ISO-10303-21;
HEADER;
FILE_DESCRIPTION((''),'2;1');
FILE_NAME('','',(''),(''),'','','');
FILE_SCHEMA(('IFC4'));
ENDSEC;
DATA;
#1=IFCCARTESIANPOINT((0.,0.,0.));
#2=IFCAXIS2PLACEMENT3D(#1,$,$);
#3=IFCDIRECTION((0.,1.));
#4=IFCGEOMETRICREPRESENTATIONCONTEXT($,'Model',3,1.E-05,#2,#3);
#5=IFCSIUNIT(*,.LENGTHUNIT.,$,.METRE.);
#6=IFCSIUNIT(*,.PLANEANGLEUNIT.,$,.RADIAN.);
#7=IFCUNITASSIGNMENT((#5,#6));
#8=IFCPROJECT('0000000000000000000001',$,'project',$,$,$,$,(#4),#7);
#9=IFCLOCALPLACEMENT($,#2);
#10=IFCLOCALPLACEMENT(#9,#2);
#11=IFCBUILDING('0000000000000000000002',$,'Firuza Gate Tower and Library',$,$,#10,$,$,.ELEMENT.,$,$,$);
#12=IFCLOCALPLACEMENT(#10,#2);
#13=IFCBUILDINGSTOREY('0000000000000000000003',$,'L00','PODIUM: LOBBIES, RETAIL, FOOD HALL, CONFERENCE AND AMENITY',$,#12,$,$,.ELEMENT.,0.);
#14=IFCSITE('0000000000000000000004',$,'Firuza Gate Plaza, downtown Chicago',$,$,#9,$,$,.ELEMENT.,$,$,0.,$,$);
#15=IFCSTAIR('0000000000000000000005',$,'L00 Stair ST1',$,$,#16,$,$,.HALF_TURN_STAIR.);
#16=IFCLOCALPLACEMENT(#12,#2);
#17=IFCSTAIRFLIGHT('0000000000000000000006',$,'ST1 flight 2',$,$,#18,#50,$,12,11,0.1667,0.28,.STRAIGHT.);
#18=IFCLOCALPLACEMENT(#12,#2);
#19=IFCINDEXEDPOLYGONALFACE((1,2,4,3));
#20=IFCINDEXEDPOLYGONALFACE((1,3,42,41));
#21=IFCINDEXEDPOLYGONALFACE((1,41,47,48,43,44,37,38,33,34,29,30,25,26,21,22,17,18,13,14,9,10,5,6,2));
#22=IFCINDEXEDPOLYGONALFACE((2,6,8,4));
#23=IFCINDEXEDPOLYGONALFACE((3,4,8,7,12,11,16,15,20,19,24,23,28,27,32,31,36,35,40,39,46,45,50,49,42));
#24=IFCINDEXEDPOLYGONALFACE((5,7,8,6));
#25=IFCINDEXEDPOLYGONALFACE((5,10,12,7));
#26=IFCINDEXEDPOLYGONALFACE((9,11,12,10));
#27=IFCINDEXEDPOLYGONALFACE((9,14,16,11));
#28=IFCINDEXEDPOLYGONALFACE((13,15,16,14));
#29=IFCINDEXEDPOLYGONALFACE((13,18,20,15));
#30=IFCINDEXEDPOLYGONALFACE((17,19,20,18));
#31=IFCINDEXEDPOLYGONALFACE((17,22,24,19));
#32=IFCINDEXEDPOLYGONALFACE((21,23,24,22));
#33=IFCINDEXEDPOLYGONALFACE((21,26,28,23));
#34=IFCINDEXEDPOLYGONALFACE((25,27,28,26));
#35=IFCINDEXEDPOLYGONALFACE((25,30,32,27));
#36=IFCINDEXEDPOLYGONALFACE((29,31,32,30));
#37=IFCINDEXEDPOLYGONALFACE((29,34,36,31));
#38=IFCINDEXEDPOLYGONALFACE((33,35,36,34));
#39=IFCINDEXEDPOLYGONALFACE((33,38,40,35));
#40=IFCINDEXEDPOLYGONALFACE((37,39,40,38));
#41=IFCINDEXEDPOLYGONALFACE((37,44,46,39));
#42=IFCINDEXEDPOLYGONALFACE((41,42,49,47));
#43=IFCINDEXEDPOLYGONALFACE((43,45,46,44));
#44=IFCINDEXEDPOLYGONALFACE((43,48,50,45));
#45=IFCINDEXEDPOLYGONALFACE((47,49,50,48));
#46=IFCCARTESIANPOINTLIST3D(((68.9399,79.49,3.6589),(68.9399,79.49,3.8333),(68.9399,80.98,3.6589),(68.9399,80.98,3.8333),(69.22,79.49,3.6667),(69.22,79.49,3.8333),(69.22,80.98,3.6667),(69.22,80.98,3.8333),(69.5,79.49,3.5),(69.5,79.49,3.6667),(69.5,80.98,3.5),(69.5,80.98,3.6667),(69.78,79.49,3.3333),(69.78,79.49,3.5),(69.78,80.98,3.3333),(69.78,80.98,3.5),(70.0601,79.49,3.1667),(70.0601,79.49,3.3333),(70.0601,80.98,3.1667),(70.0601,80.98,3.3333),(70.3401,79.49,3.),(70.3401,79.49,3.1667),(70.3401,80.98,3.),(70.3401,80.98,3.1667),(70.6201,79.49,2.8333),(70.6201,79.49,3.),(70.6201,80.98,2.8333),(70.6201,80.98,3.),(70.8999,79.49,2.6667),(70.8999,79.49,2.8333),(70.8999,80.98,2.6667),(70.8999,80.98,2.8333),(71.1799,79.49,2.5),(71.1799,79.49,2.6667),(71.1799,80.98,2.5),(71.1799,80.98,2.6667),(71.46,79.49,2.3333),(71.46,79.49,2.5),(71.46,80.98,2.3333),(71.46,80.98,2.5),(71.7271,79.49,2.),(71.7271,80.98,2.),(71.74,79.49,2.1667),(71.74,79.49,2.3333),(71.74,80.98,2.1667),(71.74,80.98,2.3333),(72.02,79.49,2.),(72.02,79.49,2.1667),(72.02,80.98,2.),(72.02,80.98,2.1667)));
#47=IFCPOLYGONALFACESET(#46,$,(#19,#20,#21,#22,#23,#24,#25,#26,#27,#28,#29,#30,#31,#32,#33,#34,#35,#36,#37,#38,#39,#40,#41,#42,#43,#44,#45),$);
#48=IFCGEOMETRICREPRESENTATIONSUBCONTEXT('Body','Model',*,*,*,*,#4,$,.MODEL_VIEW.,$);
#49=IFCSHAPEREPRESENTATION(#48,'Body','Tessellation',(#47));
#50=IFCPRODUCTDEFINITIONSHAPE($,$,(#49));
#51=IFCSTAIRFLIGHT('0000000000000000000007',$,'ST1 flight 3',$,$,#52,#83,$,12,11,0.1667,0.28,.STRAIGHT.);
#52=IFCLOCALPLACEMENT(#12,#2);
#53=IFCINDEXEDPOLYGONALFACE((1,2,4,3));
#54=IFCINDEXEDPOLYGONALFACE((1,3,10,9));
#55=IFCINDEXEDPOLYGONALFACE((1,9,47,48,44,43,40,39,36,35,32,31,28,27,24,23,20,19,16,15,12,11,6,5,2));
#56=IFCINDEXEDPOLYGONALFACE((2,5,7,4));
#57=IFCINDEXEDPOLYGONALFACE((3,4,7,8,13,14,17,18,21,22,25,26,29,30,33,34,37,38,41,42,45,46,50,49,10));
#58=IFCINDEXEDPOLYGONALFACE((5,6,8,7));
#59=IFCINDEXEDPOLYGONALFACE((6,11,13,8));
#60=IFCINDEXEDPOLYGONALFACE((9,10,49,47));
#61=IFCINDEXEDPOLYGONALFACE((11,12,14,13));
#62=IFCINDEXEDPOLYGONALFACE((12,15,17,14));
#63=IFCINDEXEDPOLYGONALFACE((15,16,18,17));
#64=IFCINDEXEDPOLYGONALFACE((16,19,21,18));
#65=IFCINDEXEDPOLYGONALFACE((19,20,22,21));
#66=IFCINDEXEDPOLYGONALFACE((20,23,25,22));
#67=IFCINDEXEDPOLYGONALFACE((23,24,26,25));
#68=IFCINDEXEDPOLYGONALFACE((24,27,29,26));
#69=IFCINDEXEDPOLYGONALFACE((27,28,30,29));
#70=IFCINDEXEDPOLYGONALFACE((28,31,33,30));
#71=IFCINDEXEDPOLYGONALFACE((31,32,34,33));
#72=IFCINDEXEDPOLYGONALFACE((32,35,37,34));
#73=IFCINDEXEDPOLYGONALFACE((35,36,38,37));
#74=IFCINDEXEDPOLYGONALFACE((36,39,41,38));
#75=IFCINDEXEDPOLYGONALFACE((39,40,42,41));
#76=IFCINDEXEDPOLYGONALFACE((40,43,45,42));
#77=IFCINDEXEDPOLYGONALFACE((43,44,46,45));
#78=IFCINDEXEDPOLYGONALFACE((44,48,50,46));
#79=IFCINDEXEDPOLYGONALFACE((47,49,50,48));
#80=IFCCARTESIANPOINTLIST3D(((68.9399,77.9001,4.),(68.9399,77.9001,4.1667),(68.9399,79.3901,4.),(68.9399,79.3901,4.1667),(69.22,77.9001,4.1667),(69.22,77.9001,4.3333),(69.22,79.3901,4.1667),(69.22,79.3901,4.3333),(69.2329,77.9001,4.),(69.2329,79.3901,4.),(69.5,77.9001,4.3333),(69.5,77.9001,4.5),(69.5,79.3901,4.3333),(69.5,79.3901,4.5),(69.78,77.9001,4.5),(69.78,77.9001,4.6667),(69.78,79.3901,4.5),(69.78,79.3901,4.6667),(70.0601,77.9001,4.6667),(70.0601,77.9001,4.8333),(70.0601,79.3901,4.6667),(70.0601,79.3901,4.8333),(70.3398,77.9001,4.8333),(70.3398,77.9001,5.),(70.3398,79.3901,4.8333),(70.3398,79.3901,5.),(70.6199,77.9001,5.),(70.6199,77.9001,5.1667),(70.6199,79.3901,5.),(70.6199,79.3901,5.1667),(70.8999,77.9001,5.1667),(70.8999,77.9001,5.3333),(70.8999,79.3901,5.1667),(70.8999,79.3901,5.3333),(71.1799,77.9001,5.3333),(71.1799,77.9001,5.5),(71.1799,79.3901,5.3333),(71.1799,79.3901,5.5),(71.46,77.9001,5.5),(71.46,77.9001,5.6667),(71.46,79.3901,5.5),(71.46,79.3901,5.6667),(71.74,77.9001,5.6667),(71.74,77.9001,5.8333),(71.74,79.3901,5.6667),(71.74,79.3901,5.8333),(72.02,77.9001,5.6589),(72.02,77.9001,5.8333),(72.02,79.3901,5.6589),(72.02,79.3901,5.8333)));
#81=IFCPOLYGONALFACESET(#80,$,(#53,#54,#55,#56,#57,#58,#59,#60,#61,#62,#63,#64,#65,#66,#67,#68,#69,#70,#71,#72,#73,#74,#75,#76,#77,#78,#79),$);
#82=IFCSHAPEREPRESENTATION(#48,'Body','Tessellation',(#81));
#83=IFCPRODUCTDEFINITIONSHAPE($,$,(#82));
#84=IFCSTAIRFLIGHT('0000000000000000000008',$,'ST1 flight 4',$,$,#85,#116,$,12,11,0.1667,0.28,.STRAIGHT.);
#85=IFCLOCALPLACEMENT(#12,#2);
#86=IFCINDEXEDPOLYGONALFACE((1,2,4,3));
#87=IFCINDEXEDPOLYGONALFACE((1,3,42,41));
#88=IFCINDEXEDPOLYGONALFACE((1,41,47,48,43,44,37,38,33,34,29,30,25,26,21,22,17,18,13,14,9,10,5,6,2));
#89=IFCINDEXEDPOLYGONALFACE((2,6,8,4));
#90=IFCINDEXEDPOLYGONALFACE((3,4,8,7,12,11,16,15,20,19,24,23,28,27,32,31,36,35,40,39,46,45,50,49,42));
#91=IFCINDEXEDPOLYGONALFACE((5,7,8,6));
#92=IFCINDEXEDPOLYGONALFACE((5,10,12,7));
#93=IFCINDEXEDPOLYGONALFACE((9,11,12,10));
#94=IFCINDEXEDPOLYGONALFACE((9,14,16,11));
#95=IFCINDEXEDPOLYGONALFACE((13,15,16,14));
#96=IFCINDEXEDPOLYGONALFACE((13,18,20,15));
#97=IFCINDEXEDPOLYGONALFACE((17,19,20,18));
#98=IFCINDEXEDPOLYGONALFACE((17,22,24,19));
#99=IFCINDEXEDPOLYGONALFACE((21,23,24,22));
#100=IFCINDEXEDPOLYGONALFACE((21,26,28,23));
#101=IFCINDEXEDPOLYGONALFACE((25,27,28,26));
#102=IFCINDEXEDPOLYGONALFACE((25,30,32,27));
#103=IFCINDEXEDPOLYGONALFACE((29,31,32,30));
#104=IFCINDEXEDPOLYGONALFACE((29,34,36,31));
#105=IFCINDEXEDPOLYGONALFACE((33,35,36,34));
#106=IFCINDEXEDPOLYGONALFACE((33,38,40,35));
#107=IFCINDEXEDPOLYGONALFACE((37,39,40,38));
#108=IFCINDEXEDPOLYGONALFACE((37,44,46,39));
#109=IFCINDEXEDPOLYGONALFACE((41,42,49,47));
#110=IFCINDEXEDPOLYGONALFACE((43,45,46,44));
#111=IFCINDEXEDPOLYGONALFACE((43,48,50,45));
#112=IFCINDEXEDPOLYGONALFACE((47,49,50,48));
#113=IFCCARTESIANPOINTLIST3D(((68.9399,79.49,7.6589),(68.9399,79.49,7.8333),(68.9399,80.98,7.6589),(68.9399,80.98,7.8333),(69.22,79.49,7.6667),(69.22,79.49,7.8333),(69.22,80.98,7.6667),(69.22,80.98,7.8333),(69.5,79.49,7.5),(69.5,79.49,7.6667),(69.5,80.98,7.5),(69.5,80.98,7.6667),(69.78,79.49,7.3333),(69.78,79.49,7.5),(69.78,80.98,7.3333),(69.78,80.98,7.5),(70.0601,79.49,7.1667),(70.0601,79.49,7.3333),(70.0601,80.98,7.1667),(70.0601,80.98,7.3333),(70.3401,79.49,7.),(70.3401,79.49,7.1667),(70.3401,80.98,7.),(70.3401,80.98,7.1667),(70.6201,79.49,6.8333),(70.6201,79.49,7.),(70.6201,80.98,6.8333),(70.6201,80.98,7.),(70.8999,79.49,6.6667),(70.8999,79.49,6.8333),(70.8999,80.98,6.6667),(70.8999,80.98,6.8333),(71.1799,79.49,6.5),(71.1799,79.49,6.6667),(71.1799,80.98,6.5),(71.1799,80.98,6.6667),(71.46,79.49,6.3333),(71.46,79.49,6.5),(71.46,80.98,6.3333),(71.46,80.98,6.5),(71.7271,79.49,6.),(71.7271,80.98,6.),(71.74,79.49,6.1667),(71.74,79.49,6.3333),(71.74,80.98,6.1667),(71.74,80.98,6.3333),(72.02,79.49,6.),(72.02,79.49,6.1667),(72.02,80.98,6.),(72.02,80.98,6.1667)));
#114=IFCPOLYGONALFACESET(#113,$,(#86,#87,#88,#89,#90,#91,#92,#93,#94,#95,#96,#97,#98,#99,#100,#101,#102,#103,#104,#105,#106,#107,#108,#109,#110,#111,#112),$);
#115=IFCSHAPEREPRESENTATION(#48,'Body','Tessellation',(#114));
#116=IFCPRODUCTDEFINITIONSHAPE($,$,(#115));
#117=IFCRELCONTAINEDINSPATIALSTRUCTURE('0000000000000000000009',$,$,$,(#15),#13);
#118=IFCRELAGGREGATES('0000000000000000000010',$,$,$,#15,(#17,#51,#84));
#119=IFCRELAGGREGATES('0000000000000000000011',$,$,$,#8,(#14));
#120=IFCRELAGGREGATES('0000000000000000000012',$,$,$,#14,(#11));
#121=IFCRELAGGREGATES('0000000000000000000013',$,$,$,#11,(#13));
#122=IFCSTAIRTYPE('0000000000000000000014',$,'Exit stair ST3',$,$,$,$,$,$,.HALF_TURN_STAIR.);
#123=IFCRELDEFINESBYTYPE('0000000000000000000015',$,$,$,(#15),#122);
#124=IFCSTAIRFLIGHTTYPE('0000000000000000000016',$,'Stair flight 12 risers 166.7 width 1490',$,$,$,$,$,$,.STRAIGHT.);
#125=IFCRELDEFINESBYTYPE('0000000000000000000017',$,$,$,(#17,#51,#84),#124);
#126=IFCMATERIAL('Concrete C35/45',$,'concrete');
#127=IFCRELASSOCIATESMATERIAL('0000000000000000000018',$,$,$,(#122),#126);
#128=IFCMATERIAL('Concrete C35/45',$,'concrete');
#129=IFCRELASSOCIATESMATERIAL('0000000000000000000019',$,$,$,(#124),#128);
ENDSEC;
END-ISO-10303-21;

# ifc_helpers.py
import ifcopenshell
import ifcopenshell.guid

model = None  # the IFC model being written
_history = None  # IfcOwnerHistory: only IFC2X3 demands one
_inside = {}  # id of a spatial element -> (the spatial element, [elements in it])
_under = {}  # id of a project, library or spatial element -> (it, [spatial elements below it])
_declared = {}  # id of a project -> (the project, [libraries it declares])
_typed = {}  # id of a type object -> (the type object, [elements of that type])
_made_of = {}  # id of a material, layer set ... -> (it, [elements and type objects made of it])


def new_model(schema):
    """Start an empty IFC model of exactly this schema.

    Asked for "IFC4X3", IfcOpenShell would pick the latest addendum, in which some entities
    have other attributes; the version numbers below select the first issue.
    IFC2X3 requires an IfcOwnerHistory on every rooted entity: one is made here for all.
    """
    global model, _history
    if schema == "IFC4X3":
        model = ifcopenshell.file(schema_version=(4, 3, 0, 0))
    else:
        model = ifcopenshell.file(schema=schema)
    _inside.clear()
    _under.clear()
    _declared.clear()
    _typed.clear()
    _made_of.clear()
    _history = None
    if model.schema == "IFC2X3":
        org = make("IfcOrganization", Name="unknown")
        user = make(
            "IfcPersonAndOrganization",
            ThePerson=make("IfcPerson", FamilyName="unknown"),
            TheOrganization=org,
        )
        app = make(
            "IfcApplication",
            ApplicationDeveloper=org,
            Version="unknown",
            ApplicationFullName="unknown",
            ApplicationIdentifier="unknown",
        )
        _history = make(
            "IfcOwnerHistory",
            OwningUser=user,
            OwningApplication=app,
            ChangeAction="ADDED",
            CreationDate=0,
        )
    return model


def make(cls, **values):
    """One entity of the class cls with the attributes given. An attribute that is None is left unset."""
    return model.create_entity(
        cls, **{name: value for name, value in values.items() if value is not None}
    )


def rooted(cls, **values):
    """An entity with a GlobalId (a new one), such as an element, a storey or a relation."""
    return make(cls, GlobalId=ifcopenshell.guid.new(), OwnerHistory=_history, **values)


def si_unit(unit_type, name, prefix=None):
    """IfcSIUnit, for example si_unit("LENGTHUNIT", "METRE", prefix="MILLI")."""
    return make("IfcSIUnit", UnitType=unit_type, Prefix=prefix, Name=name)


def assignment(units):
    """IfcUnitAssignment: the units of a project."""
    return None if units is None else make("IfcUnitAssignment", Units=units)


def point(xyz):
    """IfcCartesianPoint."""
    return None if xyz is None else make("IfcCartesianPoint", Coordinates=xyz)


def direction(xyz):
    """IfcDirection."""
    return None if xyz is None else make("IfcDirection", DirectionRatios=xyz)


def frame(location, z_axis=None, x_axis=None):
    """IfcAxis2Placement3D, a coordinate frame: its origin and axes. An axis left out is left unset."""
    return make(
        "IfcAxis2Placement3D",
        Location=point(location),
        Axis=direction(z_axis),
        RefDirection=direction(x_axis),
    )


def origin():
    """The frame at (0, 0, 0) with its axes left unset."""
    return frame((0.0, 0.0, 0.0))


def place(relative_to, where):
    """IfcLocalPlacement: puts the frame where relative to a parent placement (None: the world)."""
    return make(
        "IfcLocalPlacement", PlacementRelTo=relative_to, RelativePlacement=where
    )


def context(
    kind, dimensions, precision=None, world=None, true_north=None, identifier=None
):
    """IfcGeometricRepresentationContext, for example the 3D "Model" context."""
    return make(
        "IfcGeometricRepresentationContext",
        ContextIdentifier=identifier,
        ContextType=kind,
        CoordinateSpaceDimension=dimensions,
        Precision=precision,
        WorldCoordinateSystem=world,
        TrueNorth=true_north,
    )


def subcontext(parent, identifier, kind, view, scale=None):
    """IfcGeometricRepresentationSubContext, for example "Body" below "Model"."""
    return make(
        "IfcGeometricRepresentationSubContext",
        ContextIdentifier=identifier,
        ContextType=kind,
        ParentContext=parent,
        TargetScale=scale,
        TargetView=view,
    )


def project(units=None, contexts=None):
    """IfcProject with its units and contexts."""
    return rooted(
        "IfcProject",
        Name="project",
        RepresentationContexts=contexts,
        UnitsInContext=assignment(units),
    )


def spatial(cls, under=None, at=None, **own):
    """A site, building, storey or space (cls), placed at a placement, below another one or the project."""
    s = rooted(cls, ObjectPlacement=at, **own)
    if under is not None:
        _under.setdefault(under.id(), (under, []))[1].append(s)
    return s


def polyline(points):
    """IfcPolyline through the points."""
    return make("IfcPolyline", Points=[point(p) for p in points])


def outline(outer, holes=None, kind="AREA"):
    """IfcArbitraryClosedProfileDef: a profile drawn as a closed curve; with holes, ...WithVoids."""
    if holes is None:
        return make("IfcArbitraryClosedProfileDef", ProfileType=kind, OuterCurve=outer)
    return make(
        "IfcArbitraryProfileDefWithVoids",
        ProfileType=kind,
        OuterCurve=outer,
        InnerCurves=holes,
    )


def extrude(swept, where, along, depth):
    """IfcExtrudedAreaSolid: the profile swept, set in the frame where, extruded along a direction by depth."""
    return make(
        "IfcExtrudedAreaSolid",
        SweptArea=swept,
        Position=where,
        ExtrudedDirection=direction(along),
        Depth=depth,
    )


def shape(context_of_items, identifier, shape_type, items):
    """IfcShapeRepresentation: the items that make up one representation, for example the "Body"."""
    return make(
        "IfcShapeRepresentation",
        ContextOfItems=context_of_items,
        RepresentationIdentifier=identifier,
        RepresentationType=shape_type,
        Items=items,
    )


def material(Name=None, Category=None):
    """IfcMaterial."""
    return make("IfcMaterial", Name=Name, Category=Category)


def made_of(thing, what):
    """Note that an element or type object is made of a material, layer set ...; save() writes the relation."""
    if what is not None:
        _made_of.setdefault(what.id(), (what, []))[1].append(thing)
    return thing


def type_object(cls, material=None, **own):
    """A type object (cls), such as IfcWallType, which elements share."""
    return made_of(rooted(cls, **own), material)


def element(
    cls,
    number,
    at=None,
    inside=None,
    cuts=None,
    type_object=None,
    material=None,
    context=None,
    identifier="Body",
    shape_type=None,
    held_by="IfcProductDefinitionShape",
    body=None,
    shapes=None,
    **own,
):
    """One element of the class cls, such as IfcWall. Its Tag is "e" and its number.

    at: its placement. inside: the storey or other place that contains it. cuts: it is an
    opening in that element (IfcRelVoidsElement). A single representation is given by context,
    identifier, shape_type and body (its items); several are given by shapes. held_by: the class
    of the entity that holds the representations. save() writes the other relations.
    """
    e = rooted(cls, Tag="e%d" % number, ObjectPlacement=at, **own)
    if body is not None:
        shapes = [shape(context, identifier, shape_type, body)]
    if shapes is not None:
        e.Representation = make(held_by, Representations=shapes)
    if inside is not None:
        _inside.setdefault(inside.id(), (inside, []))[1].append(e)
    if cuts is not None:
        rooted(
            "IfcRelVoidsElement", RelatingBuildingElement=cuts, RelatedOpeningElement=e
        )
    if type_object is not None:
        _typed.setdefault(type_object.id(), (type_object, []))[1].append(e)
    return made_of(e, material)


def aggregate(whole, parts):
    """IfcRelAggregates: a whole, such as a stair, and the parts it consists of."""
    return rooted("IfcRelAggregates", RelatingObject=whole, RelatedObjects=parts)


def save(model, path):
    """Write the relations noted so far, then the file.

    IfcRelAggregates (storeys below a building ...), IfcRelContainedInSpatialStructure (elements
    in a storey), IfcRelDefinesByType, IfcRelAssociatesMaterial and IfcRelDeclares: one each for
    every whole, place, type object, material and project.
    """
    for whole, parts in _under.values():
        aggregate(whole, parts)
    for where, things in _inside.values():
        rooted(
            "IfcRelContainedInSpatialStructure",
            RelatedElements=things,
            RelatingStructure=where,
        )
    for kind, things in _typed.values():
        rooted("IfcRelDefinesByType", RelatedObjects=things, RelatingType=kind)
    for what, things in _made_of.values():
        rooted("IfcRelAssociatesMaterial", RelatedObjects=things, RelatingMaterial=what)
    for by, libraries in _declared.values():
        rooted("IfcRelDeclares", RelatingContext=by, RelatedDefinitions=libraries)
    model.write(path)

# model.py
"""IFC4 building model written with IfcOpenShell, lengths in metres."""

from ifc_helpers import new_model, si_unit, direction, frame, origin, place, context, subcontext, project, spatial, polyline, outline, extrude, material, type_object, element, aggregate, save


model = new_model("IFC4")

# Units and contexts
model_context = context("Model", 3, precision=1e-05, world=origin(), true_north=direction((0.0, 1.0)))
body_context = subcontext(model_context, "Body", "Model", "MODEL_VIEW")
ifc_project = project(units=[si_unit("LENGTHUNIT", "METRE"), si_unit("PLANEANGLEUNIT", "RADIAN")], contexts=[model_context])

# Site, building, storey
site_placement = place(None, origin())
site = spatial("IfcSite", under=ifc_project, at=site_placement, Name="Firuza Gate Plaza, downtown Chicago", CompositionType="ELEMENT", RefElevation=0.0)
building_placement = place(site_placement, origin())
building = spatial("IfcBuilding", under=site, at=building_placement, Name="Firuza Gate Tower and Library", CompositionType="ELEMENT")
storey_placement = place(building_placement, origin())
storey = spatial("IfcBuildingStorey", under=building, at=storey_placement, Name="L00", Description="PODIUM: LOBBIES, RETAIL, FOOD HALL, CONFERENCE AND AMENITY", CompositionType="ELEMENT", Elevation=0.0)

# Stair, stair flights
ifc_material_1 = material(Name="Concrete C35/45", Category="concrete")
stair_type = type_object("IfcStairType", Name="Exit stair ST3", PredefinedType="HALF_TURN_STAIR", material=ifc_material_1)
stair_placement = place(storey_placement, origin())
stair = element("IfcStair", 1, at=stair_placement, inside=storey, type_object=stair_type, Name="L00 Stair ST1", PredefinedType="HALF_TURN_STAIR")
ifc_material_2 = material(Name="Concrete C35/45", Category="concrete")
stair_flight_type = type_object("IfcStairFlightType", Name="Stair flight 12 risers 166.7 width 1490", PredefinedType="STRAIGHT", material=ifc_material_2)
stair_flight_1_placement = place(storey_placement, frame((72.02, 80.2351, 2.0), z_axis=(0.0, 0.0, 1.0), x_axis=(-1.0, 0.0, 0.0)))
stair_flight_1 = element("IfcStairFlight", 2, at=stair_flight_1_placement, type_object=stair_flight_type, Name="ST1 flight 2", NumberOfRisers=12, NumberOfTreads=11, PredefinedType="STRAIGHT", RiserHeight=0.1667, TreadLength=0.28, context=body_context, shape_type="SweptSolid", body=[
    extrude(outline(polyline([(0.0, 0.0), (0.0, 0.1667), (0.28, 0.1667), (0.28, 0.3333), (0.5601, 0.3333), (0.5601, 0.5), (0.8401, 0.5), (0.8401, 0.6667), (1.1201, 0.6667), (1.1201, 0.8333), (1.3999, 0.8333), (1.3999, 1.0), (1.6799, 1.0), (1.6799, 1.1667), (1.96, 1.1667), (1.96, 1.3333), (2.24, 1.3333), (2.24, 1.5), (2.52, 1.5), (2.52, 1.6667), (2.8, 1.6667), (2.8, 1.8333), (3.0801, 1.8333), (3.0801, 2.0), (3.0801, 1.6589), (0.293, 0.0), (0.0, 0.0)])), frame((0.0, 0.7451, 0.0), z_axis=(0.0, -1.0, 0.0), x_axis=(1.0, 0.0, 0.0)), (0.0, 0.0, 1.0), 1.49),
])
stair_flight_2_placement = place(storey_placement, frame((68.9399, 78.645, 4.0), z_axis=(0.0, 0.0, 1.0), x_axis=(1.0, 0.0, 0.0)))
stair_flight_2 = element("IfcStairFlight", 3, at=stair_flight_2_placement, type_object=stair_flight_type, Name="ST1 flight 3", NumberOfRisers=12, NumberOfTreads=11, PredefinedType="STRAIGHT", RiserHeight=0.1667, TreadLength=0.28, context=body_context, shape_type="SweptSolid", body=[
    extrude(outline(polyline([(0.0, 0.0), (0.0, 0.1667), (0.28, 0.1667), (0.28, 0.3333), (0.5601, 0.3333), (0.5601, 0.5), (0.8401, 0.5), (0.8401, 0.6667), (1.1201, 0.6667), (1.1201, 0.8333), (1.3999, 0.8333), (1.3999, 1.0), (1.6799, 1.0), (1.6799, 1.1667), (1.96, 1.1667), (1.96, 1.3333), (2.24, 1.3333), (2.24, 1.5), (2.52, 1.5), (2.52, 1.6667), (2.8, 1.6667), (2.8, 1.8333), (3.0801, 1.8333), (3.0801, 2.0), (3.0801, 1.6589), (0.293, 0.0), (0.0, 0.0)])), frame((0.0, 0.7451, 0.0), z_axis=(0.0, -1.0, 0.0), x_axis=(1.0, 0.0, 0.0)), (0.0, 0.0, 1.0), 1.49),
])
stair_flight_3_placement = place(storey_placement, frame((72.02, 80.2351, 6.0), z_axis=(0.0, 0.0, 1.0), x_axis=(-1.0, 0.0, 0.0)))
stair_flight_3 = element("IfcStairFlight", 4, at=stair_flight_3_placement, type_object=stair_flight_type, Name="ST1 flight 4", NumberOfRisers=12, NumberOfTreads=11, PredefinedType="STRAIGHT", RiserHeight=0.1667, TreadLength=0.28, context=body_context, shape_type="SweptSolid", body=[
    extrude(outline(polyline([(0.0, 0.0), (0.0, 0.1667), (0.28, 0.1667), (0.28, 0.3333), (0.5601, 0.3333), (0.5601, 0.5), (0.8401, 0.5), (0.8401, 0.6667), (1.1201, 0.6667), (1.1201, 0.8333), (1.3999, 0.8333), (1.3999, 1.0), (1.6799, 1.0), (1.6799, 1.1667), (1.96, 1.1667), (1.96, 1.3333), (2.24, 1.3333), (2.24, 1.5), (2.52, 1.5), (2.52, 1.6667), (2.8, 1.6667), (2.8, 1.8333), (3.0801, 1.8333), (3.0801, 2.0), (3.0801, 1.6589), (0.293, 0.0), (0.0, 0.0)])), frame((0.0, 0.7451, 0.0), z_axis=(0.0, -1.0, 0.0), x_axis=(1.0, 0.0, 0.0)), (0.0, 0.0, 1.0), 1.49),
])
aggregate(stair, [stair_flight_1, stair_flight_2, stair_flight_3])

save(model, "model.ifc")
